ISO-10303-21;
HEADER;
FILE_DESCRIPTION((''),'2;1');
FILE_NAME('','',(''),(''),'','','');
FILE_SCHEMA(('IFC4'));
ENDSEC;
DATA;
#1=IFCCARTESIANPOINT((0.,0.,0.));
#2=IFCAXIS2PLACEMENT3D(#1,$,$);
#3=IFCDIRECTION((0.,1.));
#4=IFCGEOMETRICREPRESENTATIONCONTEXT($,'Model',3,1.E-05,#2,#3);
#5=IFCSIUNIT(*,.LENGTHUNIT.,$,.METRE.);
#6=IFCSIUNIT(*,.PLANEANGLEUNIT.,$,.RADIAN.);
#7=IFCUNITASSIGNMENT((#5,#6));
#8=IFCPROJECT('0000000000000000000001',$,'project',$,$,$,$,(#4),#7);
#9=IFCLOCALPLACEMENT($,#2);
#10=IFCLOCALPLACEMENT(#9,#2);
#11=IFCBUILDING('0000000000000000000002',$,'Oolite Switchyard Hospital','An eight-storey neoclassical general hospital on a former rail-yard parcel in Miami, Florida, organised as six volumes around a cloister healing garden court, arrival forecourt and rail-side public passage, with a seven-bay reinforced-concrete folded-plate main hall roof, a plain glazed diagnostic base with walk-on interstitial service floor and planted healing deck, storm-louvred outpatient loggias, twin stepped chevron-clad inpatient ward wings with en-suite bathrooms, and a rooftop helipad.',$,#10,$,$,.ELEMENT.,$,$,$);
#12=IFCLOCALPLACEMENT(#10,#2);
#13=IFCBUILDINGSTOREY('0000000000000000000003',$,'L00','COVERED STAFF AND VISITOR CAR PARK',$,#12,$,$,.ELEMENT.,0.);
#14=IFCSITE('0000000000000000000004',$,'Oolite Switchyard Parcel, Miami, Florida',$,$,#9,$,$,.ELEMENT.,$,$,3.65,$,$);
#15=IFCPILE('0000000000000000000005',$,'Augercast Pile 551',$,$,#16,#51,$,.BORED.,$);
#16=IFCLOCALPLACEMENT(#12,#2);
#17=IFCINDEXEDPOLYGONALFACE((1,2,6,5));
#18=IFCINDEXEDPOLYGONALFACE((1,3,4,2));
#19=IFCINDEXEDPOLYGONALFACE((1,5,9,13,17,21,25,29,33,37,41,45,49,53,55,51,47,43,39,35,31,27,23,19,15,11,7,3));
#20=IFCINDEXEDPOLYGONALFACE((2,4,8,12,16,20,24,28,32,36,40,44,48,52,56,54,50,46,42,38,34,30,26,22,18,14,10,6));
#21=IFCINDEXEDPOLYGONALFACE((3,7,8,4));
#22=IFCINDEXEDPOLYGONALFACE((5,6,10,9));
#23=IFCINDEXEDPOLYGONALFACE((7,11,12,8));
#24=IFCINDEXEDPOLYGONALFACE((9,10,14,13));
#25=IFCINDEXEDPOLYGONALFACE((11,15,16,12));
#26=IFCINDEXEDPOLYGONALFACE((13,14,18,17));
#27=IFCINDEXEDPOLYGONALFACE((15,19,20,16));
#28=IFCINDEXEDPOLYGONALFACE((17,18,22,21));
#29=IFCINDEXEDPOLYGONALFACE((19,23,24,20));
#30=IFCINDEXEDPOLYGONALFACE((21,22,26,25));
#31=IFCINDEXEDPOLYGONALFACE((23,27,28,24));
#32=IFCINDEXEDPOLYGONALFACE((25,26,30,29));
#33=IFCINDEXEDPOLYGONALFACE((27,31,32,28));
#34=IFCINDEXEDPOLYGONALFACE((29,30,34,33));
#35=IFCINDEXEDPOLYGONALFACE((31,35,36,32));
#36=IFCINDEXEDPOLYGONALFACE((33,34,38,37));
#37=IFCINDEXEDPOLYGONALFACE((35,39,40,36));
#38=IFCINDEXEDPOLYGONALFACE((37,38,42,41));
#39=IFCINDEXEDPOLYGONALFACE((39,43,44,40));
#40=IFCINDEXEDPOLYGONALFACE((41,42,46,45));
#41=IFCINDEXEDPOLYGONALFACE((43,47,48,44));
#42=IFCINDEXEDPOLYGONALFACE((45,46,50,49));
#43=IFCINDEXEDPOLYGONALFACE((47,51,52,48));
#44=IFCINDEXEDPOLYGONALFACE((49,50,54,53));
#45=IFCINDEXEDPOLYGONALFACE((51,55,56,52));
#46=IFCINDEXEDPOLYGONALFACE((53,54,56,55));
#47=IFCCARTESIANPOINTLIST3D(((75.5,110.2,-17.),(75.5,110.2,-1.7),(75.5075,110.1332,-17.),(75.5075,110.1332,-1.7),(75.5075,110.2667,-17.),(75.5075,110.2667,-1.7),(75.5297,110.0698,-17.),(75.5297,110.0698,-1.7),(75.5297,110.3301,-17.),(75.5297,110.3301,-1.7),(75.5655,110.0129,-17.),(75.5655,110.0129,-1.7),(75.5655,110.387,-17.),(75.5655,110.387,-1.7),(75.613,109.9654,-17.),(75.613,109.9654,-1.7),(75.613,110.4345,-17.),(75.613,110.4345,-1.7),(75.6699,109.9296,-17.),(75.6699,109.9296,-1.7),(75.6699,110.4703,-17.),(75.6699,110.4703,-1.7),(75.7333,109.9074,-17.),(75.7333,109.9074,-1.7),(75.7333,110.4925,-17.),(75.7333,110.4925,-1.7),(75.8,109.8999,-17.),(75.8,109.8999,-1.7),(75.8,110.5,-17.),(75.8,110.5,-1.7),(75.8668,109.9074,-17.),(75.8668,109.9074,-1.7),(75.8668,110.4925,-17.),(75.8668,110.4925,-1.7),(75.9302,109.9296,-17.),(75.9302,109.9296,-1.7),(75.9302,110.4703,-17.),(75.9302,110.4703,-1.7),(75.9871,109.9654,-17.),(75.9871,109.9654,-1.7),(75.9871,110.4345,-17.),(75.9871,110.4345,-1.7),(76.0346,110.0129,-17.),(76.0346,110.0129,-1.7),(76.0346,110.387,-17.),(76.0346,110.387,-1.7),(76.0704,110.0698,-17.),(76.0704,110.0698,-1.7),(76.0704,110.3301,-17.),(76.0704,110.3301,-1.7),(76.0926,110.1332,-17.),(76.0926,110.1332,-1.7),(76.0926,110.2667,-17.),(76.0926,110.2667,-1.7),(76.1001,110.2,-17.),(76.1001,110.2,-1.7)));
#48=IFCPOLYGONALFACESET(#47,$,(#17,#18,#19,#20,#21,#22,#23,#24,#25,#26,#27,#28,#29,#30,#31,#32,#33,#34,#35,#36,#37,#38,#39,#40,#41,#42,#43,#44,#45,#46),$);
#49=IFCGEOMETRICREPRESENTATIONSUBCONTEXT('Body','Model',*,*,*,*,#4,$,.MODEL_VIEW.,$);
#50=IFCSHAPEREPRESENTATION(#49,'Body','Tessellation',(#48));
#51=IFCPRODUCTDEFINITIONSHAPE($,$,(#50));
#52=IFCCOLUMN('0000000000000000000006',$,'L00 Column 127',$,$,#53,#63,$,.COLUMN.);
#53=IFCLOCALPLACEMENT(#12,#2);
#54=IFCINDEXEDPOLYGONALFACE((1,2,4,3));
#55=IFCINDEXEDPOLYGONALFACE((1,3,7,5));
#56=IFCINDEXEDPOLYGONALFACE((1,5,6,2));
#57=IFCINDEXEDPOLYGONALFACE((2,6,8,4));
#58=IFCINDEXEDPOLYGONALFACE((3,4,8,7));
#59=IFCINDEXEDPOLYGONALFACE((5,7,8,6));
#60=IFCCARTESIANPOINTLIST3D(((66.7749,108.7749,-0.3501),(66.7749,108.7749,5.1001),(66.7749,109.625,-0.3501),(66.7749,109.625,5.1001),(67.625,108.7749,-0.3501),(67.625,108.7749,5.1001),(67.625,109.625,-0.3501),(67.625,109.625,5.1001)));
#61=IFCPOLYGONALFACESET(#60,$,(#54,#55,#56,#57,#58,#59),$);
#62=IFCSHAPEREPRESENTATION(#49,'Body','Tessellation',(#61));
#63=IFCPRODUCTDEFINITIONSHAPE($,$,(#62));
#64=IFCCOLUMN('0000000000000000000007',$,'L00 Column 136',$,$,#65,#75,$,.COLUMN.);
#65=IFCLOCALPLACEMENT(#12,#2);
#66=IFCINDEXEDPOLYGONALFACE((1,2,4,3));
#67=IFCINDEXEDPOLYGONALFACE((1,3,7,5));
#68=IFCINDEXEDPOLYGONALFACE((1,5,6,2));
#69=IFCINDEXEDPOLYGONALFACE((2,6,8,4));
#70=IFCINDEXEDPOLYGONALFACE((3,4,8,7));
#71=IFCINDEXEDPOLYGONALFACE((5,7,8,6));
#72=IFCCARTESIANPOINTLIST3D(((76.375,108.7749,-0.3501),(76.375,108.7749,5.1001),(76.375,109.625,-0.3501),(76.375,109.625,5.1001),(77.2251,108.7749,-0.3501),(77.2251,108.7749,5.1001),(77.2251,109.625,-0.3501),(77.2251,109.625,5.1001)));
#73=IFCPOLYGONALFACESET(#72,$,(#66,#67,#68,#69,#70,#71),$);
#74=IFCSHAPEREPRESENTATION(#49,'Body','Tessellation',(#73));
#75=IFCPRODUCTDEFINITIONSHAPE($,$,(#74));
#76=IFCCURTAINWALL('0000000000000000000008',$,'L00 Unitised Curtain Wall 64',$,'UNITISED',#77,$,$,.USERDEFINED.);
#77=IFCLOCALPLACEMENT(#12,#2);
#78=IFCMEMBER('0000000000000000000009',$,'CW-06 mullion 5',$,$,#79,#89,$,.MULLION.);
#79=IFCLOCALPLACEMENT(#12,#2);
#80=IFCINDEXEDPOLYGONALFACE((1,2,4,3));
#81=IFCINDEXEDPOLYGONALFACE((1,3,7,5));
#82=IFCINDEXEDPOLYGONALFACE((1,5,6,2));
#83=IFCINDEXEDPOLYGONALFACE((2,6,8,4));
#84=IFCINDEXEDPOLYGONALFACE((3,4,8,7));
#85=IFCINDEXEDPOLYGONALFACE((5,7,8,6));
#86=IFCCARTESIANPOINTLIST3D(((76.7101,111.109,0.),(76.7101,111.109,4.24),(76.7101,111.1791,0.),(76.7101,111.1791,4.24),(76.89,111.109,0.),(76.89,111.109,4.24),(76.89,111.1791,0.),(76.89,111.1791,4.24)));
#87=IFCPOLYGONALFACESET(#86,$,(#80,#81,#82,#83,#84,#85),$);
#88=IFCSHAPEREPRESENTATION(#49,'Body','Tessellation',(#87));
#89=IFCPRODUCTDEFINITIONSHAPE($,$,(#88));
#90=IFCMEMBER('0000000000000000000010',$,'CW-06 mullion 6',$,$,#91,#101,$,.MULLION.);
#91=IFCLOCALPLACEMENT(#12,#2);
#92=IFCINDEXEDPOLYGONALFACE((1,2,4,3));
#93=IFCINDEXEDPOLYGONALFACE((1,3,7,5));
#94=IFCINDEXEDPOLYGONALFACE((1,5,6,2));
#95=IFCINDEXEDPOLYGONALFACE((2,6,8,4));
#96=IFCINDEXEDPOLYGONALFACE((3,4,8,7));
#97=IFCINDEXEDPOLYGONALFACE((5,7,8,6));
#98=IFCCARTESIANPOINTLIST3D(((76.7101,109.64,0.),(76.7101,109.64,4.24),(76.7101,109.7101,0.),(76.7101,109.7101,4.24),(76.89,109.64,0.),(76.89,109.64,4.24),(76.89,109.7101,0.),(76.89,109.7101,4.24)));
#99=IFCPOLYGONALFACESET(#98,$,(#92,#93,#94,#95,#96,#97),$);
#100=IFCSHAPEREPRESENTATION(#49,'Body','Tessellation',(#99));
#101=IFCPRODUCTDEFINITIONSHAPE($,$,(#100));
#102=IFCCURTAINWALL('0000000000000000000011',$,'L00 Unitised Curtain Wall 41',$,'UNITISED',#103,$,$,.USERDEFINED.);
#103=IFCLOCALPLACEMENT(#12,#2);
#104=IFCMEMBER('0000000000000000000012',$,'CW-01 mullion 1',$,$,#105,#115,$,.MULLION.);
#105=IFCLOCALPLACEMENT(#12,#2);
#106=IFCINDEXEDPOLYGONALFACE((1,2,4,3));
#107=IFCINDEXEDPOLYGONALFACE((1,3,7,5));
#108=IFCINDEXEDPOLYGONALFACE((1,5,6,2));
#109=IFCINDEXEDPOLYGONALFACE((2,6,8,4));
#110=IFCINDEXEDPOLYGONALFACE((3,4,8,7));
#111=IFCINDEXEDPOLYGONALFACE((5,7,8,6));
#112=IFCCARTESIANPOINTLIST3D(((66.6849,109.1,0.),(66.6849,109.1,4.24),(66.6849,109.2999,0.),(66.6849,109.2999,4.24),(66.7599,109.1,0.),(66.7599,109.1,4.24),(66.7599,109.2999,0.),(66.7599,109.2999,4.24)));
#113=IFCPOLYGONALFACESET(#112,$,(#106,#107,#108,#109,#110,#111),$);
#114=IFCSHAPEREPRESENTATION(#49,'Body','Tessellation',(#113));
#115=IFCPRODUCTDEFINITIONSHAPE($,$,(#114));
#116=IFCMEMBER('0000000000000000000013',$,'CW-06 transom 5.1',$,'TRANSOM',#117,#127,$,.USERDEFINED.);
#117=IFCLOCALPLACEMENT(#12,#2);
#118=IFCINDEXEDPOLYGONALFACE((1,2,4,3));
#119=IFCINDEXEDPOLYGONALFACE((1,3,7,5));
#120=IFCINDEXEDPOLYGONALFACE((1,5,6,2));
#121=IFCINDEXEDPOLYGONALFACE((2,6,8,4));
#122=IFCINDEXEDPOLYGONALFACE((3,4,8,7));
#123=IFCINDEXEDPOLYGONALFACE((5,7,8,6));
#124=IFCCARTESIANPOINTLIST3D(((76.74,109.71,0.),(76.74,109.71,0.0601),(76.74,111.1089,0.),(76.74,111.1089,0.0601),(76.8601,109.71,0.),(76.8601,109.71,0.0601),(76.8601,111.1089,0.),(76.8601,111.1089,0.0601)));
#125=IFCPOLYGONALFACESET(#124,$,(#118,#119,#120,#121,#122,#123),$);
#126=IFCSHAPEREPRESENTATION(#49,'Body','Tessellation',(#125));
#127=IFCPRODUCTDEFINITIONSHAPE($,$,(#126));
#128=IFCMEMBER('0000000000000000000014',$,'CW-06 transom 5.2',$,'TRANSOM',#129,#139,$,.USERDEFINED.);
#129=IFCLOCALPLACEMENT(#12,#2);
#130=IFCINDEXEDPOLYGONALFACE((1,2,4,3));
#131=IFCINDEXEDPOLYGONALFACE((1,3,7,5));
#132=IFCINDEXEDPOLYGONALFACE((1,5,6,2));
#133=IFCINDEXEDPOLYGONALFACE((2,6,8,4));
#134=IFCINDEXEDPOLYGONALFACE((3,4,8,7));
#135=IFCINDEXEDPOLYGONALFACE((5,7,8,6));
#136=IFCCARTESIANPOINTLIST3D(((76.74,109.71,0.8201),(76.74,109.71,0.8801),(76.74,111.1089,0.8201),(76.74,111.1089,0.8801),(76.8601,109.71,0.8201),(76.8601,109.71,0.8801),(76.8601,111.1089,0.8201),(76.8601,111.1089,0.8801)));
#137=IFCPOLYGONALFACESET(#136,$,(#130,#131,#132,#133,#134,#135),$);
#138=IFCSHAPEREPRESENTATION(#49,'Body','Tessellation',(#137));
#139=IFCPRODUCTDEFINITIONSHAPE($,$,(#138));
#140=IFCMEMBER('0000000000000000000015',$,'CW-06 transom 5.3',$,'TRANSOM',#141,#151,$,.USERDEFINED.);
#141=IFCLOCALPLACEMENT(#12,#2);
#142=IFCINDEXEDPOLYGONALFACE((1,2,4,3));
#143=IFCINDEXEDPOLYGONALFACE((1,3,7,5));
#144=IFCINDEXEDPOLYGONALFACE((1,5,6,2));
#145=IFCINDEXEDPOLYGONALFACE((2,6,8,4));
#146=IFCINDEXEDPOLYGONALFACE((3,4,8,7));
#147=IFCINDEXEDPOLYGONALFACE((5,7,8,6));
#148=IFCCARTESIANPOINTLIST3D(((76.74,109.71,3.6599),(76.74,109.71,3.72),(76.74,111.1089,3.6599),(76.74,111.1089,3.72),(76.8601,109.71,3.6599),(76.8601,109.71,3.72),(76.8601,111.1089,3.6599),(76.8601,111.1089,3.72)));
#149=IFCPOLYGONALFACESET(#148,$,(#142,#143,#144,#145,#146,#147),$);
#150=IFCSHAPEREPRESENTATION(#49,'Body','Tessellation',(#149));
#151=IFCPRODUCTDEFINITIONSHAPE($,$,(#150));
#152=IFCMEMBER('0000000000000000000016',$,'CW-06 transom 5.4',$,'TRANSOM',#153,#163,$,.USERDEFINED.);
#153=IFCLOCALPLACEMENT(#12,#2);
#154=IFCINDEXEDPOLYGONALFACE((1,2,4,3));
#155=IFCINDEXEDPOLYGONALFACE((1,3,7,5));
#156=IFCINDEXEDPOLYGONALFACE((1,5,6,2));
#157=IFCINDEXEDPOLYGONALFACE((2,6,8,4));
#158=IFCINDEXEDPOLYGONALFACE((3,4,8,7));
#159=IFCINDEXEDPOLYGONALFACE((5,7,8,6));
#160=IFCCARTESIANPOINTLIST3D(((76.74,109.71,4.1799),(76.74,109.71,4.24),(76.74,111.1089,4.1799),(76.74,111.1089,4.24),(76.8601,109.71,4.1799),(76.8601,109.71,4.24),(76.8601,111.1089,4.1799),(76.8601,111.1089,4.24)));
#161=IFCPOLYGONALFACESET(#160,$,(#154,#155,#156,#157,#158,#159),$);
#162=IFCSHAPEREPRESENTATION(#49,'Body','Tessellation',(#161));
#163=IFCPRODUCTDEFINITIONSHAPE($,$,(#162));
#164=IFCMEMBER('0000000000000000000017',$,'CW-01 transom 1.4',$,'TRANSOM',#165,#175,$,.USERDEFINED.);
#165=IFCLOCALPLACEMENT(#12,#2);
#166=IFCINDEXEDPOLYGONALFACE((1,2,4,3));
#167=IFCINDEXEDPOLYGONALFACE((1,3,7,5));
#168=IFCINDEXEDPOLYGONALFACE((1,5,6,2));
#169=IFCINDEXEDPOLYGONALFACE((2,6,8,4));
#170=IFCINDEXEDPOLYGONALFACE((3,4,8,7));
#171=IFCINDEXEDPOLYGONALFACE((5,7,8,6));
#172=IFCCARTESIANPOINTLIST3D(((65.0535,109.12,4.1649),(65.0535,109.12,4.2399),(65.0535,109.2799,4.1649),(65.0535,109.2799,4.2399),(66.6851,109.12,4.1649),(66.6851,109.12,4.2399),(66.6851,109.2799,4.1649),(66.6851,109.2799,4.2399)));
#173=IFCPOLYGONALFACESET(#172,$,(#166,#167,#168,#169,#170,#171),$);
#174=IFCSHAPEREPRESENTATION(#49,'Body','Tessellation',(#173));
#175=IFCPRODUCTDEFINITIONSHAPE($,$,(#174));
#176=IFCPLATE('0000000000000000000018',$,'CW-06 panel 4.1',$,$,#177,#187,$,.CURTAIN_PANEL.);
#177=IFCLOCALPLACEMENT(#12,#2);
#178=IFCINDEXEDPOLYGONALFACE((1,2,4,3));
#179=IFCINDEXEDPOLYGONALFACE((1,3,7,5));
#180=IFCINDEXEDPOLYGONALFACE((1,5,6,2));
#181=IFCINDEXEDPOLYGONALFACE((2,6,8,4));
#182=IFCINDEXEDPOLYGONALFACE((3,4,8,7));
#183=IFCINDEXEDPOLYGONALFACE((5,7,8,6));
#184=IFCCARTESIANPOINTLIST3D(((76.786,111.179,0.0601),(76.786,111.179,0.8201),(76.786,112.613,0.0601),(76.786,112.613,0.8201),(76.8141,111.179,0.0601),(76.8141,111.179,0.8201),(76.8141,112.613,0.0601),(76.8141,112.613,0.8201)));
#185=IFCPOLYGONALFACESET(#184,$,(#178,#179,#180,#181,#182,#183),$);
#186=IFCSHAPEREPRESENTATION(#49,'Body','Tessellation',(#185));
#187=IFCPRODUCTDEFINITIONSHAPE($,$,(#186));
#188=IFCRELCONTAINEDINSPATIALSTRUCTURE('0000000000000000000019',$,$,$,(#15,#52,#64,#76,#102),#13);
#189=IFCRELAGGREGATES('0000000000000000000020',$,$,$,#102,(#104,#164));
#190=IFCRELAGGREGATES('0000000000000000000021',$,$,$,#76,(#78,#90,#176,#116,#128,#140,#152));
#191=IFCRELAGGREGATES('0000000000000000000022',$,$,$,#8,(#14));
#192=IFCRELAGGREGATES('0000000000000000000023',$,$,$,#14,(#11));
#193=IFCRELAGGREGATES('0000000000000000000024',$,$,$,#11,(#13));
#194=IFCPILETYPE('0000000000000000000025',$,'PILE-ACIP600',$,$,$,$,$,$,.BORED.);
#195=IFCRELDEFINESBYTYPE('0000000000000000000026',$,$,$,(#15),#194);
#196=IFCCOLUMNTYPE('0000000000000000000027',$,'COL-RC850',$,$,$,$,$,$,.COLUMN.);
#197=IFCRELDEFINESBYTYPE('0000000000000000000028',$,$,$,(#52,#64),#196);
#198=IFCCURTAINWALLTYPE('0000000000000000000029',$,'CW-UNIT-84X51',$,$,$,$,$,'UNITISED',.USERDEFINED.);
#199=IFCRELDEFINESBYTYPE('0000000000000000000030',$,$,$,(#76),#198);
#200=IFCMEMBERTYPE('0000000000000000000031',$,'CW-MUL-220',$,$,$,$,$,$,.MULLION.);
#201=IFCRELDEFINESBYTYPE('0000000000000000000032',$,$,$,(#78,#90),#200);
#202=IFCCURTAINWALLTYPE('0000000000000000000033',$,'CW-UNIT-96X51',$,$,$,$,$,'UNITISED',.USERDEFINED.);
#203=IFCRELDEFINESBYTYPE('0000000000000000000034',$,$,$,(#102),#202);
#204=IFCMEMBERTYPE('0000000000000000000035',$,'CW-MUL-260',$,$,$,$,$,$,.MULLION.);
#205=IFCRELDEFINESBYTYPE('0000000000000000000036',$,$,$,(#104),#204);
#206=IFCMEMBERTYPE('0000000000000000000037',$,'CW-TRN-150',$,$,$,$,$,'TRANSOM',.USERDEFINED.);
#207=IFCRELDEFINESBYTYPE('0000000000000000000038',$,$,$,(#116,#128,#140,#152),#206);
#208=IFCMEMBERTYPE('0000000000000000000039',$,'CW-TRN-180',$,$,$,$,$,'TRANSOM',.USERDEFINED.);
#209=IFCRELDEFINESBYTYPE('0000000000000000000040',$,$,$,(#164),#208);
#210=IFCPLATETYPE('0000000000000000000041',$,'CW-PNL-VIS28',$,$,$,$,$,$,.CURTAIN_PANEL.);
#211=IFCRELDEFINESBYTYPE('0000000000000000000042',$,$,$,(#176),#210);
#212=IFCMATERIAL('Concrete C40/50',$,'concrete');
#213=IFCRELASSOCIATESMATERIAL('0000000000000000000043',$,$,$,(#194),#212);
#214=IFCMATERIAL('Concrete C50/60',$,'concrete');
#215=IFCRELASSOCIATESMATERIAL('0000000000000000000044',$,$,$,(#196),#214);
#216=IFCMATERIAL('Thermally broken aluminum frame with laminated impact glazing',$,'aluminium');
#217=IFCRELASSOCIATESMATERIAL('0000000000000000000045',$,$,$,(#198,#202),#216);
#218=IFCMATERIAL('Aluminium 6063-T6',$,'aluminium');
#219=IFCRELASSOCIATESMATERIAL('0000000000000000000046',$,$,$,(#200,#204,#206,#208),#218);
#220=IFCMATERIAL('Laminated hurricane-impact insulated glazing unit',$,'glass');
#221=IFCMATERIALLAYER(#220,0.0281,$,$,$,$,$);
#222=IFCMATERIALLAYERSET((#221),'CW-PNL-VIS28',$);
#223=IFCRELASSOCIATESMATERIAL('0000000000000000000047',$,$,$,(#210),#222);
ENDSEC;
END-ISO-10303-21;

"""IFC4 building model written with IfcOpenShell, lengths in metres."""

from ifc_helpers import new_model, si_unit, direction, frame, origin, origin_2d, place, context, subcontext, project, spatial, rectangle, circle, extrude, material, layer, layer_set, material_profile, profile_set, type_object, element, aggregate, save


model = new_model("IFC4")

# Units and contexts
model_context = context("Model", 3, precision=1e-05, world=origin(), true_north=direction((0.0, 1.0)))
body_context = subcontext(model_context, "Body", "Model", "MODEL_VIEW")
ifc_project = project(units=[si_unit("LENGTHUNIT", "METRE"), si_unit("PLANEANGLEUNIT", "RADIAN")], contexts=[model_context])

# Site, building, storey
site_placement = place(None, origin())
site = spatial("IfcSite", under=ifc_project, at=site_placement, Name="Oolite Switchyard Parcel, Miami, Florida", CompositionType="ELEMENT", RefElevation=3.65)
building_placement = place(site_placement, origin())
building = spatial("IfcBuilding", under=site, at=building_placement, Name="Oolite Switchyard Hospital", Description="An eight-storey neoclassical general hospital on a former rail-yard parcel in Miami, Florida, organised as six volumes around a cloister healing garden court, arrival forecourt and rail-side public passage, with a seven-bay reinforced-concrete folded-plate main hall roof, a plain glazed diagnostic base with walk-on interstitial service floor and planted healing deck, storm-louvred outpatient loggias, twin stepped chevron-clad inpatient ward wings with en-suite bathrooms, and a rooftop helipad.", CompositionType="ELEMENT")
storey_placement = place(building_placement, origin())
storey = spatial("IfcBuildingStorey", under=building, at=storey_placement, Name="L00", Description="COVERED STAFF AND VISITOR CAR PARK", CompositionType="ELEMENT", Elevation=0.0)

# Shared definitions
ifc_material_1 = material(Name="Concrete C40/50", Category="concrete")

# Pile
ifc_material_profile_1 = material_profile(ifc_material_1, circle(Radius=0.3, at=origin_2d()), Name="PILE600")
ifc_profile_set_1 = profile_set([ifc_material_profile_1], Name="Concrete C40/50")
pile_type = type_object("IfcPileType", Name="PILE-ACIP600", PredefinedType="BORED", material=ifc_profile_set_1)
for number, where, z_axis, x_axis, name in (
    (1, (75.8, 110.2, -1.7), (0.0, 0.0, -1.0), (1.0, 0.0, 0.0), "Augercast Pile 551"),
):
    element("IfcPile", number, at=place(storey_placement, frame(where, z_axis=z_axis, x_axis=x_axis)), inside=storey, type_object=pile_type, Name=name, PredefinedType="BORED", context=body_context, shape_type="SweptSolid", body=[
        extrude(circle(Radius=0.3, at=origin_2d()), origin(), (0.0, 0.0, 1.0), 15.3),
    ])

# Columns
ifc_material_2 = material(Name="Concrete C50/60", Category="concrete")
ifc_material_profile_2 = material_profile(ifc_material_2, rectangle(XDim=0.8501, YDim=0.8501, at=origin_2d()), Name="RC850X850")
ifc_profile_set_2 = profile_set([ifc_material_profile_2], Name="Concrete C50/60")
column_type = type_object("IfcColumnType", Name="COL-RC850", PredefinedType="COLUMN", material=ifc_profile_set_2)
for number, where, z_axis, x_axis, name in (
    (2, (67.2, 109.2, -0.3501), (0.0, 0.0, 1.0), (1.0, 0.0, 0.0), "L00 Column 127"),
    (3, (76.8, 109.2, -0.3501), (0.0, 0.0, 1.0), (1.0, 0.0, 0.0), "L00 Column 136"),
):
    element("IfcColumn", number, at=place(storey_placement, frame(where, z_axis=z_axis, x_axis=x_axis)), inside=storey, type_object=column_type, Name=name, PredefinedType="COLUMN", context=body_context, shape_type="SweptSolid", body=[
        extrude(rectangle(XDim=0.8501, YDim=0.8501, at=origin_2d()), origin(), (0.0, 0.0, 1.0), 5.4502),
    ])

# Curtain wall, members
ifc_material_3 = material(Name="Thermally broken aluminum frame with laminated impact glazing", Category="aluminium")
curtain_wall_type_1 = type_object("IfcCurtainWallType", Name="CW-UNIT-84X51", ElementType="UNITISED", PredefinedType="USERDEFINED", material=ifc_material_3)
curtain_wall_1_placement = place(storey_placement, origin())
curtain_wall_1 = element("IfcCurtainWall", 4, at=curtain_wall_1_placement, inside=storey, type_object=curtain_wall_type_1, Name="L00 Unitised Curtain Wall 64", ObjectType="UNITISED", PredefinedType="USERDEFINED")
ifc_material_4 = material(Name="Aluminium 6063-T6", Category="aluminium")
ifc_material_profile_3 = material_profile(ifc_material_4, rectangle(XDim=0.1799, YDim=0.0701, at=origin_2d()), Name="CWM70X180")
ifc_profile_set_3 = profile_set([ifc_material_profile_3], Name="Aluminium 6063-T6")
member_type_1 = type_object("IfcMemberType", Name="CW-MUL-220", PredefinedType="MULLION", material=ifc_profile_set_3)
member_1_placement = place(storey_placement, frame((76.8, 111.144, 0.0), z_axis=(0.0, 0.0, 1.0), x_axis=(1.0, 0.0, 0.0)))
member_1 = element("IfcMember", 5, at=member_1_placement, type_object=member_type_1, Name="CW-06 mullion 5", PredefinedType="MULLION", context=body_context, shape_type="SweptSolid", body=[
    extrude(rectangle(XDim=0.1799, YDim=0.0701, at=origin_2d()), origin(), (0.0, 0.0, 1.0), 4.24),
])
member_2_placement = place(storey_placement, frame((76.8, 109.675, 0.0), z_axis=(0.0, 0.0, 1.0), x_axis=(1.0, 0.0, 0.0)))
member_2 = element("IfcMember", 6, at=member_2_placement, type_object=member_type_1, Name="CW-06 mullion 6", PredefinedType="MULLION", context=body_context, shape_type="SweptSolid", body=[
    extrude(rectangle(XDim=0.1799, YDim=0.0701, at=origin_2d()), origin(), (0.0, 0.0, 1.0), 4.24),
])

# Curtain wall, member
curtain_wall_type_2 = type_object("IfcCurtainWallType", Name="CW-UNIT-96X51", ElementType="UNITISED", PredefinedType="USERDEFINED", material=ifc_material_3)
curtain_wall_2_placement = place(storey_placement, origin())
curtain_wall_2 = element("IfcCurtainWall", 7, at=curtain_wall_2_placement, inside=storey, type_object=curtain_wall_type_2, Name="L00 Unitised Curtain Wall 41", ObjectType="UNITISED", PredefinedType="USERDEFINED")
ifc_material_profile_4 = material_profile(ifc_material_4, rectangle(XDim=0.2, YDim=0.075, at=origin_2d()), Name="CWM75X200")
ifc_profile_set_4 = profile_set([ifc_material_profile_4], Name="Aluminium 6063-T6")
member_type_2 = type_object("IfcMemberType", Name="CW-MUL-260", PredefinedType="MULLION", material=ifc_profile_set_4)
member_3_placement = place(storey_placement, frame((66.7224, 109.2, 0.0), z_axis=(0.0, 0.0, 1.0), x_axis=(0.0, -1.0, 0.0)))
member_3 = element("IfcMember", 8, at=member_3_placement, type_object=member_type_2, Name="CW-01 mullion 1", PredefinedType="MULLION", context=body_context, shape_type="SweptSolid", body=[
    extrude(rectangle(XDim=0.2, YDim=0.075, at=origin_2d()), origin(), (0.0, 0.0, 1.0), 4.24),
])

# Members
ifc_material_profile_5 = material_profile(ifc_material_4, rectangle(XDim=0.1201, YDim=0.0601, at=origin_2d()), Name="CWT60X120")
ifc_profile_set_5 = profile_set([ifc_material_profile_5], Name="Aluminium 6063-T6")
member_type_3 = type_object("IfcMemberType", Name="CW-TRN-150", ElementType="TRANSOM", PredefinedType="USERDEFINED", material=ifc_profile_set_5)
member_4_placement = place(storey_placement, frame((76.8, 111.1089, 0.03), z_axis=(0.0, -1.0, 0.0), x_axis=(1.0, 0.0, 0.0)))
member_4 = element("IfcMember", 9, at=member_4_placement, type_object=member_type_3, Name="CW-06 transom 5.1", ObjectType="TRANSOM", PredefinedType="USERDEFINED", context=body_context, shape_type="SweptSolid", body=[
    extrude(rectangle(XDim=0.1201, YDim=0.0601, at=origin_2d()), origin(), (0.0, 0.0, 1.0), 1.3989),
])
member_5_placement = place(storey_placement, frame((76.8, 111.1089, 0.8501), z_axis=(0.0, -1.0, 0.0), x_axis=(1.0, 0.0, 0.0)))
member_5 = element("IfcMember", 10, at=member_5_placement, type_object=member_type_3, Name="CW-06 transom 5.2", ObjectType="TRANSOM", PredefinedType="USERDEFINED", context=body_context, shape_type="SweptSolid", body=[
    extrude(rectangle(XDim=0.1201, YDim=0.0601, at=origin_2d()), origin(), (0.0, 0.0, 1.0), 1.3989),
])
member_6_placement = place(storey_placement, frame((76.8, 111.1089, 3.6899), z_axis=(0.0, -1.0, 0.0), x_axis=(1.0, 0.0, 0.0)))
member_6 = element("IfcMember", 11, at=member_6_placement, type_object=member_type_3, Name="CW-06 transom 5.3", ObjectType="TRANSOM", PredefinedType="USERDEFINED", context=body_context, shape_type="SweptSolid", body=[
    extrude(rectangle(XDim=0.1201, YDim=0.0601, at=origin_2d()), origin(), (0.0, 0.0, 1.0), 1.3989),
])
member_7_placement = place(storey_placement, frame((76.8, 111.1089, 4.21), z_axis=(0.0, -1.0, 0.0), x_axis=(1.0, 0.0, 0.0)))
member_7 = element("IfcMember", 12, at=member_7_placement, type_object=member_type_3, Name="CW-06 transom 5.4", ObjectType="TRANSOM", PredefinedType="USERDEFINED", context=body_context, shape_type="SweptSolid", body=[
    extrude(rectangle(XDim=0.1201, YDim=0.0601, at=origin_2d()), origin(), (0.0, 0.0, 1.0), 1.3989),
])
ifc_material_profile_6 = material_profile(ifc_material_4, rectangle(XDim=0.1599, YDim=0.075, at=origin_2d()), Name="CWT75X160")
ifc_profile_set_6 = profile_set([ifc_material_profile_6], Name="Aluminium 6063-T6")
member_type_4 = type_object("IfcMemberType", Name="CW-TRN-180", ElementType="TRANSOM", PredefinedType="USERDEFINED", material=ifc_profile_set_6)
member_8_placement = place(storey_placement, frame((66.6851, 109.2, 4.2024), z_axis=(-1.0, 0.0, 0.0), x_axis=(0.0, -1.0, 0.0)))
member_8 = element("IfcMember", 13, at=member_8_placement, type_object=member_type_4, Name="CW-01 transom 1.4", ObjectType="TRANSOM", PredefinedType="USERDEFINED", context=body_context, shape_type="SweptSolid", body=[
    extrude(rectangle(XDim=0.1599, YDim=0.075, at=origin_2d()), origin(), (0.0, 0.0, 1.0), 1.6316),
])
aggregate(curtain_wall_2, [member_3, member_8])

# Plate
ifc_material_5 = material(Name="Laminated hurricane-impact insulated glazing unit", Category="glass")
ifc_layer_1 = layer(ifc_material_5, 0.0281)
ifc_layer_set_1 = layer_set([ifc_layer_1], Name="CW-PNL-VIS28")
plate_type = type_object("IfcPlateType", Name="CW-PNL-VIS28", PredefinedType="CURTAIN_PANEL", material=ifc_layer_set_1)
plate_1_placement = place(storey_placement, frame((76.8, 111.896, 0.0601), z_axis=(0.0, 0.0, 1.0), x_axis=(0.0, -1.0, 0.0)))
plate_1 = element("IfcPlate", 14, at=plate_1_placement, type_object=plate_type, Name="CW-06 panel 4.1", PredefinedType="CURTAIN_PANEL", context=body_context, shape_type="SweptSolid", body=[
    extrude(rectangle(XDim=1.4341, YDim=0.0281, at=origin_2d()), origin(), (0.0, 0.0, 1.0), 0.76),
])
aggregate(curtain_wall_1, [member_1, member_2, plate_1, member_4, member_5, member_6, member_7])

save(model, "model.ifc")
